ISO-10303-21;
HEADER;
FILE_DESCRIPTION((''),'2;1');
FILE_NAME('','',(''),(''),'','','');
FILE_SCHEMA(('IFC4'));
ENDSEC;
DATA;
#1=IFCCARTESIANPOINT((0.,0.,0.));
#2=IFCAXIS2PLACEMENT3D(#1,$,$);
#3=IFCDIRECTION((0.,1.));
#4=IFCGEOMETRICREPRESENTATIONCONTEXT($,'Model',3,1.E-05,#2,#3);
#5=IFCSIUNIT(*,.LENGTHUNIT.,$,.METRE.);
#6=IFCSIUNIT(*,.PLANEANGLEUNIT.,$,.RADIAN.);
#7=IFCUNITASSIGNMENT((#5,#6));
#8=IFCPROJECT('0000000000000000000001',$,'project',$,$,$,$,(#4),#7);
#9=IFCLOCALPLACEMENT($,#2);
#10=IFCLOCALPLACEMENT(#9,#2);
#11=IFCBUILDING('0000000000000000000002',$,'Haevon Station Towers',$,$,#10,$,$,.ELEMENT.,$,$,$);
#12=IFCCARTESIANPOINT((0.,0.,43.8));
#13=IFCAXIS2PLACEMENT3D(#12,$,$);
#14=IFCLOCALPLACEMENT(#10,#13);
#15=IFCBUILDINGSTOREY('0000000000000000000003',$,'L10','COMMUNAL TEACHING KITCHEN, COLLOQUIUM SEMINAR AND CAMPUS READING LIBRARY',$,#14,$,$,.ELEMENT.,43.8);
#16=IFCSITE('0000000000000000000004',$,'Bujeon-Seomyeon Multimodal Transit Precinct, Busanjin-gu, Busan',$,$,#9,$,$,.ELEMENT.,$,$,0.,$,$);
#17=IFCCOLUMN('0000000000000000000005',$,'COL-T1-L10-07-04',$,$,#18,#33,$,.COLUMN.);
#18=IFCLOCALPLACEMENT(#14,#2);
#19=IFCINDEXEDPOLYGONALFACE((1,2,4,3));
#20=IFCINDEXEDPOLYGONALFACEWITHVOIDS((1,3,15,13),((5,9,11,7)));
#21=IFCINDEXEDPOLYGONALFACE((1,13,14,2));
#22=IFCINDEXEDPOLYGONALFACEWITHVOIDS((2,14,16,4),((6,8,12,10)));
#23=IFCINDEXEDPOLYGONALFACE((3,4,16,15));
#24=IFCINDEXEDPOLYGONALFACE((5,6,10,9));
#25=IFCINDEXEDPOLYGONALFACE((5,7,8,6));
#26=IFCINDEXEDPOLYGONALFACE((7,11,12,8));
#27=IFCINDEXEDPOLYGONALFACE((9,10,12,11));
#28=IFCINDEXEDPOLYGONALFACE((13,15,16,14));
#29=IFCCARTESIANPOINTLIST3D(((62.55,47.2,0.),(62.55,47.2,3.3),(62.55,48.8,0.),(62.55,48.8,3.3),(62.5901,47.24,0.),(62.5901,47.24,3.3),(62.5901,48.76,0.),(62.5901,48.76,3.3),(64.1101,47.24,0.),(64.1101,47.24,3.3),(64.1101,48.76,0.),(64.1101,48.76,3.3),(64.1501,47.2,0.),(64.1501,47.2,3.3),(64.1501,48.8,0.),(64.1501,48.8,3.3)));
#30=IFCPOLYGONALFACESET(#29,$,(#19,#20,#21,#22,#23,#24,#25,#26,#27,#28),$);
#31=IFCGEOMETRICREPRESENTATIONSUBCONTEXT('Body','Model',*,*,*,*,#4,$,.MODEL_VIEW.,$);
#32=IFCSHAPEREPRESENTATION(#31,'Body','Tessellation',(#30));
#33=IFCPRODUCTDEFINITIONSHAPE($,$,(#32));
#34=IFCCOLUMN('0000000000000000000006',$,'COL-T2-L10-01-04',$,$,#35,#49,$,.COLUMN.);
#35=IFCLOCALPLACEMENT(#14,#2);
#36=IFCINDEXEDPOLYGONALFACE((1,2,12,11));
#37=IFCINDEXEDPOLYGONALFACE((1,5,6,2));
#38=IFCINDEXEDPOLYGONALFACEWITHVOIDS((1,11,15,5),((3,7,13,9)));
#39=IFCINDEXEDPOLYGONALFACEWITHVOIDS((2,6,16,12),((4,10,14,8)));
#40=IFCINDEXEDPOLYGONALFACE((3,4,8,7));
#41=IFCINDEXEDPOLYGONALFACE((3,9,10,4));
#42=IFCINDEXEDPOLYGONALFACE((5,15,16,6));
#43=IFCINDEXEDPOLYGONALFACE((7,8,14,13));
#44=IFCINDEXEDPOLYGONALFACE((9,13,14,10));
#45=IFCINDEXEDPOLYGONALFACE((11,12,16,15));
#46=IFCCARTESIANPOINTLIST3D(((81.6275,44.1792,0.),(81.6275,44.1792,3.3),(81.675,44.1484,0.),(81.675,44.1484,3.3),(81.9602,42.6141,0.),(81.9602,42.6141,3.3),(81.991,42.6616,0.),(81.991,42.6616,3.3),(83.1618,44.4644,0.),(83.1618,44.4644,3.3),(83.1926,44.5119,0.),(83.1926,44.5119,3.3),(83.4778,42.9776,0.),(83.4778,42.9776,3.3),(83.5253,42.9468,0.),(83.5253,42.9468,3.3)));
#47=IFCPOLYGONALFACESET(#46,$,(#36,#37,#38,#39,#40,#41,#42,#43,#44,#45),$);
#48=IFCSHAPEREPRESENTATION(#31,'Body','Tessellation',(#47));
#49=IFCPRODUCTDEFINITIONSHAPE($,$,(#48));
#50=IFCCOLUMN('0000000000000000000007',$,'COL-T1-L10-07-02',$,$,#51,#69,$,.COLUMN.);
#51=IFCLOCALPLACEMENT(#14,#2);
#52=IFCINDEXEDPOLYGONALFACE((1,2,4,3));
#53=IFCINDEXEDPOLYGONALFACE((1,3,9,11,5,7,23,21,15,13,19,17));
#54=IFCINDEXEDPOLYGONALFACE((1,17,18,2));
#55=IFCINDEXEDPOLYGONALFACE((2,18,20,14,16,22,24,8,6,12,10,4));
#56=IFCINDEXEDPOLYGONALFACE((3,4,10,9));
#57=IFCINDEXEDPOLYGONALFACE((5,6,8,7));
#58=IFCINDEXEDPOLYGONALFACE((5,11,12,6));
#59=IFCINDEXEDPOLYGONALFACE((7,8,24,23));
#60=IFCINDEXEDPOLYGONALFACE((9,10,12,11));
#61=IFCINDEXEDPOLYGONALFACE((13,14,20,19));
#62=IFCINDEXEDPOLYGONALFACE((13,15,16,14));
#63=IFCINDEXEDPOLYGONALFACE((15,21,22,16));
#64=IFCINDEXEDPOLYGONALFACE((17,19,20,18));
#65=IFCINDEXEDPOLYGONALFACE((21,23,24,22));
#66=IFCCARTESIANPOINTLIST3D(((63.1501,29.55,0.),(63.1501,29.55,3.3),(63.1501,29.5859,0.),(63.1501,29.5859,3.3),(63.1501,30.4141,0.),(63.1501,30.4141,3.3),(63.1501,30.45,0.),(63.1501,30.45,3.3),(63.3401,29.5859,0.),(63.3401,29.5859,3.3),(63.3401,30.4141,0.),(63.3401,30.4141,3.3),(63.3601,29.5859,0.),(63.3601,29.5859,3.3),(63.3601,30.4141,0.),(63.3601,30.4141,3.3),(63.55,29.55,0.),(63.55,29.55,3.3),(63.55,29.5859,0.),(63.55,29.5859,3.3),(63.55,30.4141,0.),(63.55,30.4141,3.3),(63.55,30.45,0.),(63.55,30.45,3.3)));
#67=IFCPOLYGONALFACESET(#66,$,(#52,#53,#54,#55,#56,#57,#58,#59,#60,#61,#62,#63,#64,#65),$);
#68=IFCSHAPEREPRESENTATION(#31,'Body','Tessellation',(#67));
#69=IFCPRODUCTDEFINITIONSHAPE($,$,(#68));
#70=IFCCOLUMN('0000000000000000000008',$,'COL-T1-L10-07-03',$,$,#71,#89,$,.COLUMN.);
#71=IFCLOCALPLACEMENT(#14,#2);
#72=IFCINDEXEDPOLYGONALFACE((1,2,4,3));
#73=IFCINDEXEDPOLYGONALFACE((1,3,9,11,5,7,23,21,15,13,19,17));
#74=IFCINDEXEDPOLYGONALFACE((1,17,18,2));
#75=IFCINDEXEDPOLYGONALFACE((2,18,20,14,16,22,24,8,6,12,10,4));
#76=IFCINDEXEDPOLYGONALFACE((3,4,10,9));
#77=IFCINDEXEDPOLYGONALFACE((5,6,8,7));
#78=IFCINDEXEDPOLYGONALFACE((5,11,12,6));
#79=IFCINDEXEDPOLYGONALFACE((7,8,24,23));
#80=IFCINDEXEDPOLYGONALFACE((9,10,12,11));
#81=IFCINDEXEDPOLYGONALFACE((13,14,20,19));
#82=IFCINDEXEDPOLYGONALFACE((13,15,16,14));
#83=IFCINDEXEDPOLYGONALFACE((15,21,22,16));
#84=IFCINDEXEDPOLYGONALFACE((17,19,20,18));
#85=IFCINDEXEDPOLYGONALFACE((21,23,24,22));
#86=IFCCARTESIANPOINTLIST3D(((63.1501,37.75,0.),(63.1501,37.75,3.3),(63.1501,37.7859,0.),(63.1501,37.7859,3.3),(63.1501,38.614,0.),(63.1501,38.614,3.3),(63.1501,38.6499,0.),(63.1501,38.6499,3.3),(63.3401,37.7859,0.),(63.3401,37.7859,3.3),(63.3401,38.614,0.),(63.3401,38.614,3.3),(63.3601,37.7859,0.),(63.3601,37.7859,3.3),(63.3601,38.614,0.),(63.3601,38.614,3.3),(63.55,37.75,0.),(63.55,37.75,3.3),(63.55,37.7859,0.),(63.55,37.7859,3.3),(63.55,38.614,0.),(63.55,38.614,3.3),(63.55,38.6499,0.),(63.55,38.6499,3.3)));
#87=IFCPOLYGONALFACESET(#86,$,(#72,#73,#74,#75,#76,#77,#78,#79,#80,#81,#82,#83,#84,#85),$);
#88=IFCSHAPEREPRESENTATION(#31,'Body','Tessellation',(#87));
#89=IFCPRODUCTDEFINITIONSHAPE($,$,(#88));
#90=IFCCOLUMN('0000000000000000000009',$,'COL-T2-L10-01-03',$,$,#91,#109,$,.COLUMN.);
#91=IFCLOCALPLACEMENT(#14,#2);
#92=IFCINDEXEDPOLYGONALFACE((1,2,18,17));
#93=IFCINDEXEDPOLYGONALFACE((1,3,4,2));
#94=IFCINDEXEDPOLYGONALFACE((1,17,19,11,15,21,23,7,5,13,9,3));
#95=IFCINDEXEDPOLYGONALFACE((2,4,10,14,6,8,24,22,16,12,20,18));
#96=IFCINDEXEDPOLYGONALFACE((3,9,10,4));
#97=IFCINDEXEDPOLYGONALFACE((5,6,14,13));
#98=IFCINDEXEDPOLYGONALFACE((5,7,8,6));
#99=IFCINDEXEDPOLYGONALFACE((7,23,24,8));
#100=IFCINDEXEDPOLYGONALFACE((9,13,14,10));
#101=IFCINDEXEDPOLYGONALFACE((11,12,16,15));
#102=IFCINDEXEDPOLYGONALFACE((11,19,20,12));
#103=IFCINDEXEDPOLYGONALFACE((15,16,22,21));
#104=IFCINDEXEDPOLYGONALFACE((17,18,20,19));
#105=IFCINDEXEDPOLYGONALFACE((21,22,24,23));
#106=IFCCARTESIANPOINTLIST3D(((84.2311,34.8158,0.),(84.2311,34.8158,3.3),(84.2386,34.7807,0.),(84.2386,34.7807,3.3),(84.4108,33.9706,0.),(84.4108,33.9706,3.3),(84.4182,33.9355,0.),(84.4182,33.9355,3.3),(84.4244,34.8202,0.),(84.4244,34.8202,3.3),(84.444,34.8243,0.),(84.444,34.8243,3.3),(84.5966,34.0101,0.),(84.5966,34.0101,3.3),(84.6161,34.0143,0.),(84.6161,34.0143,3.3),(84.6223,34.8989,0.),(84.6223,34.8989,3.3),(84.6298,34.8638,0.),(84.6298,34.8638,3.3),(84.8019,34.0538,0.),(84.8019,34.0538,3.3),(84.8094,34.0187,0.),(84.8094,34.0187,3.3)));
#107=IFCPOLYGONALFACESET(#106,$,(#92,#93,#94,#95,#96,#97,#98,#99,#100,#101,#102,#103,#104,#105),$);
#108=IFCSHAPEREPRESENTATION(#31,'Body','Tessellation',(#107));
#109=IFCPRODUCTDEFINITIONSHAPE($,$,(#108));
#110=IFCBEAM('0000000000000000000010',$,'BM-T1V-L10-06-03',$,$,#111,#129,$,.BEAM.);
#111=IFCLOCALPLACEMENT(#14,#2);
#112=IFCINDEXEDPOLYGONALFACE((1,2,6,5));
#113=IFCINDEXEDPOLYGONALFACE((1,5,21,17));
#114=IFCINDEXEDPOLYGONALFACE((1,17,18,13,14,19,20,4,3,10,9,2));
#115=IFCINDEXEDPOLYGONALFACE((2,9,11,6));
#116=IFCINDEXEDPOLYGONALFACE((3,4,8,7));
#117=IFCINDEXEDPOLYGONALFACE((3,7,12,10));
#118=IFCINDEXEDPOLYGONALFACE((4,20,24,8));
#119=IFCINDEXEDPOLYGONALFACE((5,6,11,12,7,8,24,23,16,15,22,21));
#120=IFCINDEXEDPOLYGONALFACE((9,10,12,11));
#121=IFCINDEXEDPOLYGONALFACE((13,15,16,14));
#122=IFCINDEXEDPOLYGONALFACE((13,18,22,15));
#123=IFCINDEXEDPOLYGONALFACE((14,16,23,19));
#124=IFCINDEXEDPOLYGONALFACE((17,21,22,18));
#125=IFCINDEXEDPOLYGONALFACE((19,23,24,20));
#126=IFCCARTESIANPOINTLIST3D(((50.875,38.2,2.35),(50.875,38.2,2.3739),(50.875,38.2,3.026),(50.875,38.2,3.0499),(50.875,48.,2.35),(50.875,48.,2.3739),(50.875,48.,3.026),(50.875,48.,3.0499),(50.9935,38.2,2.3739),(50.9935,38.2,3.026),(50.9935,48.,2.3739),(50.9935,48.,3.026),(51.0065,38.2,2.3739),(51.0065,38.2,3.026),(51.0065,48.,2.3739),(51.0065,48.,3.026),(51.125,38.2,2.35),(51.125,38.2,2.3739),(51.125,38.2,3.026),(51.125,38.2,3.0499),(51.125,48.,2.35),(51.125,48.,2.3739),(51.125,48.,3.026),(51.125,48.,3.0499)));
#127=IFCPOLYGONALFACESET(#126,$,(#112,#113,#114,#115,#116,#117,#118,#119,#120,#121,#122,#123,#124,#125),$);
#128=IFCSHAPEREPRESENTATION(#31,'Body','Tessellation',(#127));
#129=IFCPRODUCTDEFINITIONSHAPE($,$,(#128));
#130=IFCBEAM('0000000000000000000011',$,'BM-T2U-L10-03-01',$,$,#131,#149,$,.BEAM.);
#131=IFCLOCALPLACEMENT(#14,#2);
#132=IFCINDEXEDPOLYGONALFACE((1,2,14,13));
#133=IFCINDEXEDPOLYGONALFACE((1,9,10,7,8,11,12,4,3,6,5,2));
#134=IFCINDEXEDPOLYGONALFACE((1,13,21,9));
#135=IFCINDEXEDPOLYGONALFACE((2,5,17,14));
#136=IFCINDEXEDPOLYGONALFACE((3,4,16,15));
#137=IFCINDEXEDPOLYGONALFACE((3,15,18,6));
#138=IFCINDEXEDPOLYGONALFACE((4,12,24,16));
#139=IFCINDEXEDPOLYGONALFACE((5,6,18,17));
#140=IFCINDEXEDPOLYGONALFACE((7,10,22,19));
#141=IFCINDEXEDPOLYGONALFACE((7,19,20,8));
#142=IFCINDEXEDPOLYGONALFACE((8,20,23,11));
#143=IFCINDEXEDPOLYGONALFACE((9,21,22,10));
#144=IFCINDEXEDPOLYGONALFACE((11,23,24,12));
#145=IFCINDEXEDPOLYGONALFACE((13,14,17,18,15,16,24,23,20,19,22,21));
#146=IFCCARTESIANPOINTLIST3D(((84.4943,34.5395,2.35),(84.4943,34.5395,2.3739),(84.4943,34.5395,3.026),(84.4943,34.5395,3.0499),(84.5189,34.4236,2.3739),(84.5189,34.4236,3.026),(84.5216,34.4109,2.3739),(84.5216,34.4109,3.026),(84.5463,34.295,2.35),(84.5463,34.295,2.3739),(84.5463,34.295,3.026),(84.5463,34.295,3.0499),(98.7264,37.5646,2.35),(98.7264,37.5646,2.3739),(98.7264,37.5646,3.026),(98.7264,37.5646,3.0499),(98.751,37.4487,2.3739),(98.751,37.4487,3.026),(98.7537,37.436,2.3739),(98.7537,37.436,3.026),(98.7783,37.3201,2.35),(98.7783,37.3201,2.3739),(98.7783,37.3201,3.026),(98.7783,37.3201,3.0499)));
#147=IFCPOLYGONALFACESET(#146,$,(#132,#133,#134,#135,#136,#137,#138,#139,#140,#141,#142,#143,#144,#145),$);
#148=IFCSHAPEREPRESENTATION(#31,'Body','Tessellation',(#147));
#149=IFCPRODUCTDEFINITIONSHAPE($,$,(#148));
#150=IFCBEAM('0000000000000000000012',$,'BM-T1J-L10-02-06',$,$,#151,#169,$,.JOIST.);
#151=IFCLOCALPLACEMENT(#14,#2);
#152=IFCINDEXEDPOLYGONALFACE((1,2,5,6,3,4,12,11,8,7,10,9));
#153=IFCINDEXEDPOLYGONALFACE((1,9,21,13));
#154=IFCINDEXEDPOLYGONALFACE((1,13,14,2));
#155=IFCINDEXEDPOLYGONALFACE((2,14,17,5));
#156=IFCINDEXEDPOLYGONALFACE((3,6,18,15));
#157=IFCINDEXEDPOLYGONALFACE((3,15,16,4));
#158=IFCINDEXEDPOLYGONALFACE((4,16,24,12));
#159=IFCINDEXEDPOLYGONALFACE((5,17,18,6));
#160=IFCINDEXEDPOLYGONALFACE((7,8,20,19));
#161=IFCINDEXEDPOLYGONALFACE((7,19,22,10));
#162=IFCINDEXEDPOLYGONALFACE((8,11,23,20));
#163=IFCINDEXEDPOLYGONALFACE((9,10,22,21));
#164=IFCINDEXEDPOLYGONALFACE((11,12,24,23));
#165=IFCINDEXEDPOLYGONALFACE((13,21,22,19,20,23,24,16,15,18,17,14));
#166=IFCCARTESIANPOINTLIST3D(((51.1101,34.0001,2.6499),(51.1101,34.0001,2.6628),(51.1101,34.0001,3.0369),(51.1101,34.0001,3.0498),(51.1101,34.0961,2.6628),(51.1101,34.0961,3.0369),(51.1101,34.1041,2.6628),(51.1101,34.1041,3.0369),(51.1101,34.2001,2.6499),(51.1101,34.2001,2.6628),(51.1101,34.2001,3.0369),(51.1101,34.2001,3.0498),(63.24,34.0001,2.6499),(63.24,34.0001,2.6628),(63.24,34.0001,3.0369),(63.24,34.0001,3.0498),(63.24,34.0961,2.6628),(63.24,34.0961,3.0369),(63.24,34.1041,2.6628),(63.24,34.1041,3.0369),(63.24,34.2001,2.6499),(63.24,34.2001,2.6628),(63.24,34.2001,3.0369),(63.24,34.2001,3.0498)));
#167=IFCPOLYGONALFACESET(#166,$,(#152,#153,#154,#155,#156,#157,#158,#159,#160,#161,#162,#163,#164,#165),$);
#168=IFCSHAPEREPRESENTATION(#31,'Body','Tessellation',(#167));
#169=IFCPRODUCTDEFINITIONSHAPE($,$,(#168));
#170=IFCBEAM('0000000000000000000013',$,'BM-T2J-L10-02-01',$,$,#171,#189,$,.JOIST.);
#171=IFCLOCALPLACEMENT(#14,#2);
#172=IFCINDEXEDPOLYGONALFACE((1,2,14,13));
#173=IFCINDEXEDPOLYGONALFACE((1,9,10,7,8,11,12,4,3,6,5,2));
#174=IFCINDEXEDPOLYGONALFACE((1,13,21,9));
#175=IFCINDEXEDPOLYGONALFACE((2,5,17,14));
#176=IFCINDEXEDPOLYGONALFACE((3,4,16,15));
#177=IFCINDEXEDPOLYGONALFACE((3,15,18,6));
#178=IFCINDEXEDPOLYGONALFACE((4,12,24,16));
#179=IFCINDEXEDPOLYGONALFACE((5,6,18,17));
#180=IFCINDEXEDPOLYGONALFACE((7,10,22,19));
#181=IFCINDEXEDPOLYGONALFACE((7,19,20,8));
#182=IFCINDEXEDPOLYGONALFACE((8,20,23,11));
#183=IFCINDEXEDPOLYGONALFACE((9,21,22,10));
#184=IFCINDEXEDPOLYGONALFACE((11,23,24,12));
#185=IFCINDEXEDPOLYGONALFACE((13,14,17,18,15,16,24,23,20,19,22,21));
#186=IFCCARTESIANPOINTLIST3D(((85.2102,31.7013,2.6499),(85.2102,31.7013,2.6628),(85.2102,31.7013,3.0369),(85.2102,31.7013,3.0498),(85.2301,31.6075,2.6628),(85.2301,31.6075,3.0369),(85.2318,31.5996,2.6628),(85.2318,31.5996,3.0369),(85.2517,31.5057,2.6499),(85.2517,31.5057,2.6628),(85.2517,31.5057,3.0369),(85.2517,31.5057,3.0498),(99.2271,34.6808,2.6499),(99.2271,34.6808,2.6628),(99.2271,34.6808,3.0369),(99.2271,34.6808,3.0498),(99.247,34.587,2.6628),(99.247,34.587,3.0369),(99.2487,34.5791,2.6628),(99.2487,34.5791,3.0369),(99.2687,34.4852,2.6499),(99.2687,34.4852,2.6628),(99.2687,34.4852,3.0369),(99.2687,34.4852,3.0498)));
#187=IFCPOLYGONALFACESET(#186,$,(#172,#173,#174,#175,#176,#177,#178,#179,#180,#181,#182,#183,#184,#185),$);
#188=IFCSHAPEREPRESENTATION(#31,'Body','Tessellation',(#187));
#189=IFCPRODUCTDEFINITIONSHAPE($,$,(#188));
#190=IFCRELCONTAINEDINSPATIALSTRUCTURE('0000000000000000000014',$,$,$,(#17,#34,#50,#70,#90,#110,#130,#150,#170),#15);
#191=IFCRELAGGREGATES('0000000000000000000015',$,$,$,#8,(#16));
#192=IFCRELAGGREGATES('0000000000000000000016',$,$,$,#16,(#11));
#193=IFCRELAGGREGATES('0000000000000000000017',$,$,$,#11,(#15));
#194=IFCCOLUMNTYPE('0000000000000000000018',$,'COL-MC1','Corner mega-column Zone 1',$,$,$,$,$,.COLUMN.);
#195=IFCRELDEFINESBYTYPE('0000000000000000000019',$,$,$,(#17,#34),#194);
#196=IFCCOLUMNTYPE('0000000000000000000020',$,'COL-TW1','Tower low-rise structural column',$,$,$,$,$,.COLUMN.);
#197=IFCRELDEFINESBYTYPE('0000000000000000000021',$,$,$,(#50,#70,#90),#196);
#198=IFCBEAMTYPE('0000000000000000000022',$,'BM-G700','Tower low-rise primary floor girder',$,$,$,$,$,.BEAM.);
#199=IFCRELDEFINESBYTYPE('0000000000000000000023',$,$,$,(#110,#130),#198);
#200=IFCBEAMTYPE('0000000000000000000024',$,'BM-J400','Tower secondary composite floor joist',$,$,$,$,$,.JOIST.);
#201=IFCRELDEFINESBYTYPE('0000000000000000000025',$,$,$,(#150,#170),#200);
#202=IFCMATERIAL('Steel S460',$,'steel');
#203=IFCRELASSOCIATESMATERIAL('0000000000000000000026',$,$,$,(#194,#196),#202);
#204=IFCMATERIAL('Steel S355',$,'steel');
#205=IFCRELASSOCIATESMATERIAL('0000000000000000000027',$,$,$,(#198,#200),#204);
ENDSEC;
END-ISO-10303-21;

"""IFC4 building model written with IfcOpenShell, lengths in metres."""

from ifc_helpers import new_model, si_unit, direction, frame, origin, origin_2d, place, context, subcontext, project, spatial, hollow_rectangle, i_section, extrude, material, material_profile, profile_set, type_object, element, save


model = new_model("IFC4")

# Units and contexts
model_context = context("Model", 3, precision=1e-05, world=origin(), true_north=direction((0.0, 1.0)))
body_context = subcontext(model_context, "Body", "Model", "MODEL_VIEW")
ifc_project = project(units=[si_unit("LENGTHUNIT", "METRE"), si_unit("PLANEANGLEUNIT", "RADIAN")], contexts=[model_context])

# Site, building, storey
site_placement = place(None, origin())
site = spatial("IfcSite", under=ifc_project, at=site_placement, Name="Bujeon-Seomyeon Multimodal Transit Precinct, Busanjin-gu, Busan", CompositionType="ELEMENT", RefElevation=0.0)
building_placement = place(site_placement, origin())
building = spatial("IfcBuilding", under=site, at=building_placement, Name="Haevon Station Towers", CompositionType="ELEMENT")
storey_placement = place(building_placement, frame((0.0, 0.0, 43.8)))
storey = spatial("IfcBuildingStorey", under=building, at=storey_placement, Name="L10", Description="COMMUNAL TEACHING KITCHEN, COLLOQUIUM SEMINAR AND CAMPUS READING LIBRARY", CompositionType="ELEMENT", Elevation=43.8)

# Columns
ifc_material_1 = material(Name="Steel S460", Category="steel")
ifc_material_profile_1 = material_profile(ifc_material_1, hollow_rectangle(XDim=1.6001, YDim=1.6001, WallThickness=0.04, at=origin_2d()), Name="BOX-1600x1600x40")
ifc_profile_set_1 = profile_set([ifc_material_profile_1], Name="Steel S460")
column_type_1 = type_object("IfcColumnType", Name="COL-MC1", Description="Corner mega-column Zone 1", PredefinedType="COLUMN", material=ifc_profile_set_1)
for number, where, z_axis, x_axis, name in (
    (1, (63.3501, 48.0, 0.0), (0.0, 0.0, 1.0), (1.0, 0.0, 0.0), "COL-T1-L10-07-04"),
    (2, (82.5764, 43.563, 0.0), (0.0, 0.0, 1.0), (0.978148, 0.207912, 0.0), "COL-T2-L10-01-04"),
):
    element("IfcColumn", number, at=place(storey_placement, frame(where, z_axis=z_axis, x_axis=x_axis)), inside=storey, type_object=column_type_1, Name=name, PredefinedType="COLUMN", context=body_context, shape_type="SweptSolid", body=[
        extrude(hollow_rectangle(XDim=1.6001, YDim=1.6001, WallThickness=0.04, at=origin_2d()), origin(), (0.0, 0.0, 1.0), 3.3),
    ])
ifc_material_profile_2 = material_profile(ifc_material_1, i_section(OverallWidth=0.3999, OverallDepth=0.8999, WebThickness=0.02, FlangeThickness=0.0359, at=origin_2d()), Name="H-900x400x20x36")
ifc_profile_set_2 = profile_set([ifc_material_profile_2], Name="Steel S460")
column_type_2 = type_object("IfcColumnType", Name="COL-TW1", Description="Tower low-rise structural column", PredefinedType="COLUMN", material=ifc_profile_set_2)
for number, where, z_axis, x_axis, name in (
    (3, (63.3501, 30.0, 0.0), (0.0, 0.0, 1.0), (1.0, 0.0, 0.0), "COL-T1-L10-07-02"),
    (4, (63.3501, 38.2, 0.0), (0.0, 0.0, 1.0), (1.0, 0.0, 0.0), "COL-T1-L10-07-03"),
    (5, (84.5203, 34.4172, 0.0), (0.0, 0.0, 1.0), (0.978148, 0.207912, 0.0), "COL-T2-L10-01-03"),
):
    element("IfcColumn", number, at=place(storey_placement, frame(where, z_axis=z_axis, x_axis=x_axis)), inside=storey, type_object=column_type_2, Name=name, PredefinedType="COLUMN", context=body_context, shape_type="SweptSolid", body=[
        extrude(i_section(OverallWidth=0.3999, OverallDepth=0.8999, WebThickness=0.02, FlangeThickness=0.0359, at=origin_2d()), origin(), (0.0, 0.0, 1.0), 3.3),
    ])

# Beams
ifc_material_2 = material(Name="Steel S355", Category="steel")
ifc_material_profile_3 = material_profile(ifc_material_2, i_section(OverallWidth=0.25, OverallDepth=0.7, WebThickness=0.0129, FlangeThickness=0.0239, at=origin_2d()), Name="H-700x250x13x24")
ifc_profile_set_3 = profile_set([ifc_material_profile_3], Name="Steel S355")
beam_type_1 = type_object("IfcBeamType", Name="BM-G700", Description="Tower low-rise primary floor girder", PredefinedType="BEAM", material=ifc_profile_set_3)
beam_1_placement = place(storey_placement, frame((51.0, 38.2, 2.7), z_axis=(0.0, 1.0, 0.0), x_axis=(-1.0, 0.0, 0.0)))
element("IfcBeam", 6, at=beam_1_placement, inside=storey, type_object=beam_type_1, Name="BM-T1V-L10-06-03", PredefinedType="BEAM", context=body_context, shape_type="SweptSolid", body=[
    extrude(i_section(OverallWidth=0.25, OverallDepth=0.7, WebThickness=0.0129, FlangeThickness=0.0239, at=origin_2d()), origin(), (0.0, 0.0, 1.0), 9.8),
])
beam_2_placement = place(storey_placement, frame((84.5203, 34.4172, 2.7), z_axis=(0.978148, 0.207912, 0.0), x_axis=(-0.207912, 0.978148, 0.0)))
element("IfcBeam", 7, at=beam_2_placement, inside=storey, type_object=beam_type_1, Name="BM-T2U-L10-03-01", PredefinedType="BEAM", context=body_context, shape_type="SweptSolid", body=[
    extrude(i_section(OverallWidth=0.25, OverallDepth=0.7, WebThickness=0.0129, FlangeThickness=0.0239, at=origin_2d()), origin(), (0.0, 0.0, 1.0), 14.55),
])
ifc_material_profile_4 = material_profile(ifc_material_2, i_section(OverallWidth=0.2, OverallDepth=0.3999, WebThickness=0.0081, FlangeThickness=0.0129, at=origin_2d()), Name="H-400x200x8x13")
ifc_profile_set_4 = profile_set([ifc_material_profile_4], Name="Steel S355")
beam_type_2 = type_object("IfcBeamType", Name="BM-J400", Description="Tower secondary composite floor joist", PredefinedType="JOIST", material=ifc_profile_set_4)
beam_3_placement = place(storey_placement, frame((51.1101, 34.1001, 2.8499), z_axis=(1.0, 0.0, 0.0), x_axis=(0.0, 1.0, 0.0)))
element("IfcBeam", 8, at=beam_3_placement, inside=storey, type_object=beam_type_2, Name="BM-T1J-L10-02-06", PredefinedType="JOIST", context=body_context, shape_type="SweptSolid", body=[
    extrude(i_section(OverallWidth=0.2, OverallDepth=0.3999, WebThickness=0.0081, FlangeThickness=0.0129, at=origin_2d()), origin(), (0.0, 0.0, 1.0), 12.1299),
])
beam_4_placement = place(storey_placement, frame((85.231, 31.6035, 2.8499), z_axis=(0.978146, 0.20792, 0.0), x_axis=(-0.20792, 0.978146, 0.0)))
element("IfcBeam", 9, at=beam_4_placement, inside=storey, type_object=beam_type_2, Name="BM-T2J-L10-02-01", PredefinedType="JOIST", context=body_context, shape_type="SweptSolid", body=[
    extrude(i_section(OverallWidth=0.2, OverallDepth=0.3999, WebThickness=0.0081, FlangeThickness=0.0129, at=origin_2d()), origin(), (0.0, 0.0, 1.0), 14.3301),
])

save(model, "model.ifc")
